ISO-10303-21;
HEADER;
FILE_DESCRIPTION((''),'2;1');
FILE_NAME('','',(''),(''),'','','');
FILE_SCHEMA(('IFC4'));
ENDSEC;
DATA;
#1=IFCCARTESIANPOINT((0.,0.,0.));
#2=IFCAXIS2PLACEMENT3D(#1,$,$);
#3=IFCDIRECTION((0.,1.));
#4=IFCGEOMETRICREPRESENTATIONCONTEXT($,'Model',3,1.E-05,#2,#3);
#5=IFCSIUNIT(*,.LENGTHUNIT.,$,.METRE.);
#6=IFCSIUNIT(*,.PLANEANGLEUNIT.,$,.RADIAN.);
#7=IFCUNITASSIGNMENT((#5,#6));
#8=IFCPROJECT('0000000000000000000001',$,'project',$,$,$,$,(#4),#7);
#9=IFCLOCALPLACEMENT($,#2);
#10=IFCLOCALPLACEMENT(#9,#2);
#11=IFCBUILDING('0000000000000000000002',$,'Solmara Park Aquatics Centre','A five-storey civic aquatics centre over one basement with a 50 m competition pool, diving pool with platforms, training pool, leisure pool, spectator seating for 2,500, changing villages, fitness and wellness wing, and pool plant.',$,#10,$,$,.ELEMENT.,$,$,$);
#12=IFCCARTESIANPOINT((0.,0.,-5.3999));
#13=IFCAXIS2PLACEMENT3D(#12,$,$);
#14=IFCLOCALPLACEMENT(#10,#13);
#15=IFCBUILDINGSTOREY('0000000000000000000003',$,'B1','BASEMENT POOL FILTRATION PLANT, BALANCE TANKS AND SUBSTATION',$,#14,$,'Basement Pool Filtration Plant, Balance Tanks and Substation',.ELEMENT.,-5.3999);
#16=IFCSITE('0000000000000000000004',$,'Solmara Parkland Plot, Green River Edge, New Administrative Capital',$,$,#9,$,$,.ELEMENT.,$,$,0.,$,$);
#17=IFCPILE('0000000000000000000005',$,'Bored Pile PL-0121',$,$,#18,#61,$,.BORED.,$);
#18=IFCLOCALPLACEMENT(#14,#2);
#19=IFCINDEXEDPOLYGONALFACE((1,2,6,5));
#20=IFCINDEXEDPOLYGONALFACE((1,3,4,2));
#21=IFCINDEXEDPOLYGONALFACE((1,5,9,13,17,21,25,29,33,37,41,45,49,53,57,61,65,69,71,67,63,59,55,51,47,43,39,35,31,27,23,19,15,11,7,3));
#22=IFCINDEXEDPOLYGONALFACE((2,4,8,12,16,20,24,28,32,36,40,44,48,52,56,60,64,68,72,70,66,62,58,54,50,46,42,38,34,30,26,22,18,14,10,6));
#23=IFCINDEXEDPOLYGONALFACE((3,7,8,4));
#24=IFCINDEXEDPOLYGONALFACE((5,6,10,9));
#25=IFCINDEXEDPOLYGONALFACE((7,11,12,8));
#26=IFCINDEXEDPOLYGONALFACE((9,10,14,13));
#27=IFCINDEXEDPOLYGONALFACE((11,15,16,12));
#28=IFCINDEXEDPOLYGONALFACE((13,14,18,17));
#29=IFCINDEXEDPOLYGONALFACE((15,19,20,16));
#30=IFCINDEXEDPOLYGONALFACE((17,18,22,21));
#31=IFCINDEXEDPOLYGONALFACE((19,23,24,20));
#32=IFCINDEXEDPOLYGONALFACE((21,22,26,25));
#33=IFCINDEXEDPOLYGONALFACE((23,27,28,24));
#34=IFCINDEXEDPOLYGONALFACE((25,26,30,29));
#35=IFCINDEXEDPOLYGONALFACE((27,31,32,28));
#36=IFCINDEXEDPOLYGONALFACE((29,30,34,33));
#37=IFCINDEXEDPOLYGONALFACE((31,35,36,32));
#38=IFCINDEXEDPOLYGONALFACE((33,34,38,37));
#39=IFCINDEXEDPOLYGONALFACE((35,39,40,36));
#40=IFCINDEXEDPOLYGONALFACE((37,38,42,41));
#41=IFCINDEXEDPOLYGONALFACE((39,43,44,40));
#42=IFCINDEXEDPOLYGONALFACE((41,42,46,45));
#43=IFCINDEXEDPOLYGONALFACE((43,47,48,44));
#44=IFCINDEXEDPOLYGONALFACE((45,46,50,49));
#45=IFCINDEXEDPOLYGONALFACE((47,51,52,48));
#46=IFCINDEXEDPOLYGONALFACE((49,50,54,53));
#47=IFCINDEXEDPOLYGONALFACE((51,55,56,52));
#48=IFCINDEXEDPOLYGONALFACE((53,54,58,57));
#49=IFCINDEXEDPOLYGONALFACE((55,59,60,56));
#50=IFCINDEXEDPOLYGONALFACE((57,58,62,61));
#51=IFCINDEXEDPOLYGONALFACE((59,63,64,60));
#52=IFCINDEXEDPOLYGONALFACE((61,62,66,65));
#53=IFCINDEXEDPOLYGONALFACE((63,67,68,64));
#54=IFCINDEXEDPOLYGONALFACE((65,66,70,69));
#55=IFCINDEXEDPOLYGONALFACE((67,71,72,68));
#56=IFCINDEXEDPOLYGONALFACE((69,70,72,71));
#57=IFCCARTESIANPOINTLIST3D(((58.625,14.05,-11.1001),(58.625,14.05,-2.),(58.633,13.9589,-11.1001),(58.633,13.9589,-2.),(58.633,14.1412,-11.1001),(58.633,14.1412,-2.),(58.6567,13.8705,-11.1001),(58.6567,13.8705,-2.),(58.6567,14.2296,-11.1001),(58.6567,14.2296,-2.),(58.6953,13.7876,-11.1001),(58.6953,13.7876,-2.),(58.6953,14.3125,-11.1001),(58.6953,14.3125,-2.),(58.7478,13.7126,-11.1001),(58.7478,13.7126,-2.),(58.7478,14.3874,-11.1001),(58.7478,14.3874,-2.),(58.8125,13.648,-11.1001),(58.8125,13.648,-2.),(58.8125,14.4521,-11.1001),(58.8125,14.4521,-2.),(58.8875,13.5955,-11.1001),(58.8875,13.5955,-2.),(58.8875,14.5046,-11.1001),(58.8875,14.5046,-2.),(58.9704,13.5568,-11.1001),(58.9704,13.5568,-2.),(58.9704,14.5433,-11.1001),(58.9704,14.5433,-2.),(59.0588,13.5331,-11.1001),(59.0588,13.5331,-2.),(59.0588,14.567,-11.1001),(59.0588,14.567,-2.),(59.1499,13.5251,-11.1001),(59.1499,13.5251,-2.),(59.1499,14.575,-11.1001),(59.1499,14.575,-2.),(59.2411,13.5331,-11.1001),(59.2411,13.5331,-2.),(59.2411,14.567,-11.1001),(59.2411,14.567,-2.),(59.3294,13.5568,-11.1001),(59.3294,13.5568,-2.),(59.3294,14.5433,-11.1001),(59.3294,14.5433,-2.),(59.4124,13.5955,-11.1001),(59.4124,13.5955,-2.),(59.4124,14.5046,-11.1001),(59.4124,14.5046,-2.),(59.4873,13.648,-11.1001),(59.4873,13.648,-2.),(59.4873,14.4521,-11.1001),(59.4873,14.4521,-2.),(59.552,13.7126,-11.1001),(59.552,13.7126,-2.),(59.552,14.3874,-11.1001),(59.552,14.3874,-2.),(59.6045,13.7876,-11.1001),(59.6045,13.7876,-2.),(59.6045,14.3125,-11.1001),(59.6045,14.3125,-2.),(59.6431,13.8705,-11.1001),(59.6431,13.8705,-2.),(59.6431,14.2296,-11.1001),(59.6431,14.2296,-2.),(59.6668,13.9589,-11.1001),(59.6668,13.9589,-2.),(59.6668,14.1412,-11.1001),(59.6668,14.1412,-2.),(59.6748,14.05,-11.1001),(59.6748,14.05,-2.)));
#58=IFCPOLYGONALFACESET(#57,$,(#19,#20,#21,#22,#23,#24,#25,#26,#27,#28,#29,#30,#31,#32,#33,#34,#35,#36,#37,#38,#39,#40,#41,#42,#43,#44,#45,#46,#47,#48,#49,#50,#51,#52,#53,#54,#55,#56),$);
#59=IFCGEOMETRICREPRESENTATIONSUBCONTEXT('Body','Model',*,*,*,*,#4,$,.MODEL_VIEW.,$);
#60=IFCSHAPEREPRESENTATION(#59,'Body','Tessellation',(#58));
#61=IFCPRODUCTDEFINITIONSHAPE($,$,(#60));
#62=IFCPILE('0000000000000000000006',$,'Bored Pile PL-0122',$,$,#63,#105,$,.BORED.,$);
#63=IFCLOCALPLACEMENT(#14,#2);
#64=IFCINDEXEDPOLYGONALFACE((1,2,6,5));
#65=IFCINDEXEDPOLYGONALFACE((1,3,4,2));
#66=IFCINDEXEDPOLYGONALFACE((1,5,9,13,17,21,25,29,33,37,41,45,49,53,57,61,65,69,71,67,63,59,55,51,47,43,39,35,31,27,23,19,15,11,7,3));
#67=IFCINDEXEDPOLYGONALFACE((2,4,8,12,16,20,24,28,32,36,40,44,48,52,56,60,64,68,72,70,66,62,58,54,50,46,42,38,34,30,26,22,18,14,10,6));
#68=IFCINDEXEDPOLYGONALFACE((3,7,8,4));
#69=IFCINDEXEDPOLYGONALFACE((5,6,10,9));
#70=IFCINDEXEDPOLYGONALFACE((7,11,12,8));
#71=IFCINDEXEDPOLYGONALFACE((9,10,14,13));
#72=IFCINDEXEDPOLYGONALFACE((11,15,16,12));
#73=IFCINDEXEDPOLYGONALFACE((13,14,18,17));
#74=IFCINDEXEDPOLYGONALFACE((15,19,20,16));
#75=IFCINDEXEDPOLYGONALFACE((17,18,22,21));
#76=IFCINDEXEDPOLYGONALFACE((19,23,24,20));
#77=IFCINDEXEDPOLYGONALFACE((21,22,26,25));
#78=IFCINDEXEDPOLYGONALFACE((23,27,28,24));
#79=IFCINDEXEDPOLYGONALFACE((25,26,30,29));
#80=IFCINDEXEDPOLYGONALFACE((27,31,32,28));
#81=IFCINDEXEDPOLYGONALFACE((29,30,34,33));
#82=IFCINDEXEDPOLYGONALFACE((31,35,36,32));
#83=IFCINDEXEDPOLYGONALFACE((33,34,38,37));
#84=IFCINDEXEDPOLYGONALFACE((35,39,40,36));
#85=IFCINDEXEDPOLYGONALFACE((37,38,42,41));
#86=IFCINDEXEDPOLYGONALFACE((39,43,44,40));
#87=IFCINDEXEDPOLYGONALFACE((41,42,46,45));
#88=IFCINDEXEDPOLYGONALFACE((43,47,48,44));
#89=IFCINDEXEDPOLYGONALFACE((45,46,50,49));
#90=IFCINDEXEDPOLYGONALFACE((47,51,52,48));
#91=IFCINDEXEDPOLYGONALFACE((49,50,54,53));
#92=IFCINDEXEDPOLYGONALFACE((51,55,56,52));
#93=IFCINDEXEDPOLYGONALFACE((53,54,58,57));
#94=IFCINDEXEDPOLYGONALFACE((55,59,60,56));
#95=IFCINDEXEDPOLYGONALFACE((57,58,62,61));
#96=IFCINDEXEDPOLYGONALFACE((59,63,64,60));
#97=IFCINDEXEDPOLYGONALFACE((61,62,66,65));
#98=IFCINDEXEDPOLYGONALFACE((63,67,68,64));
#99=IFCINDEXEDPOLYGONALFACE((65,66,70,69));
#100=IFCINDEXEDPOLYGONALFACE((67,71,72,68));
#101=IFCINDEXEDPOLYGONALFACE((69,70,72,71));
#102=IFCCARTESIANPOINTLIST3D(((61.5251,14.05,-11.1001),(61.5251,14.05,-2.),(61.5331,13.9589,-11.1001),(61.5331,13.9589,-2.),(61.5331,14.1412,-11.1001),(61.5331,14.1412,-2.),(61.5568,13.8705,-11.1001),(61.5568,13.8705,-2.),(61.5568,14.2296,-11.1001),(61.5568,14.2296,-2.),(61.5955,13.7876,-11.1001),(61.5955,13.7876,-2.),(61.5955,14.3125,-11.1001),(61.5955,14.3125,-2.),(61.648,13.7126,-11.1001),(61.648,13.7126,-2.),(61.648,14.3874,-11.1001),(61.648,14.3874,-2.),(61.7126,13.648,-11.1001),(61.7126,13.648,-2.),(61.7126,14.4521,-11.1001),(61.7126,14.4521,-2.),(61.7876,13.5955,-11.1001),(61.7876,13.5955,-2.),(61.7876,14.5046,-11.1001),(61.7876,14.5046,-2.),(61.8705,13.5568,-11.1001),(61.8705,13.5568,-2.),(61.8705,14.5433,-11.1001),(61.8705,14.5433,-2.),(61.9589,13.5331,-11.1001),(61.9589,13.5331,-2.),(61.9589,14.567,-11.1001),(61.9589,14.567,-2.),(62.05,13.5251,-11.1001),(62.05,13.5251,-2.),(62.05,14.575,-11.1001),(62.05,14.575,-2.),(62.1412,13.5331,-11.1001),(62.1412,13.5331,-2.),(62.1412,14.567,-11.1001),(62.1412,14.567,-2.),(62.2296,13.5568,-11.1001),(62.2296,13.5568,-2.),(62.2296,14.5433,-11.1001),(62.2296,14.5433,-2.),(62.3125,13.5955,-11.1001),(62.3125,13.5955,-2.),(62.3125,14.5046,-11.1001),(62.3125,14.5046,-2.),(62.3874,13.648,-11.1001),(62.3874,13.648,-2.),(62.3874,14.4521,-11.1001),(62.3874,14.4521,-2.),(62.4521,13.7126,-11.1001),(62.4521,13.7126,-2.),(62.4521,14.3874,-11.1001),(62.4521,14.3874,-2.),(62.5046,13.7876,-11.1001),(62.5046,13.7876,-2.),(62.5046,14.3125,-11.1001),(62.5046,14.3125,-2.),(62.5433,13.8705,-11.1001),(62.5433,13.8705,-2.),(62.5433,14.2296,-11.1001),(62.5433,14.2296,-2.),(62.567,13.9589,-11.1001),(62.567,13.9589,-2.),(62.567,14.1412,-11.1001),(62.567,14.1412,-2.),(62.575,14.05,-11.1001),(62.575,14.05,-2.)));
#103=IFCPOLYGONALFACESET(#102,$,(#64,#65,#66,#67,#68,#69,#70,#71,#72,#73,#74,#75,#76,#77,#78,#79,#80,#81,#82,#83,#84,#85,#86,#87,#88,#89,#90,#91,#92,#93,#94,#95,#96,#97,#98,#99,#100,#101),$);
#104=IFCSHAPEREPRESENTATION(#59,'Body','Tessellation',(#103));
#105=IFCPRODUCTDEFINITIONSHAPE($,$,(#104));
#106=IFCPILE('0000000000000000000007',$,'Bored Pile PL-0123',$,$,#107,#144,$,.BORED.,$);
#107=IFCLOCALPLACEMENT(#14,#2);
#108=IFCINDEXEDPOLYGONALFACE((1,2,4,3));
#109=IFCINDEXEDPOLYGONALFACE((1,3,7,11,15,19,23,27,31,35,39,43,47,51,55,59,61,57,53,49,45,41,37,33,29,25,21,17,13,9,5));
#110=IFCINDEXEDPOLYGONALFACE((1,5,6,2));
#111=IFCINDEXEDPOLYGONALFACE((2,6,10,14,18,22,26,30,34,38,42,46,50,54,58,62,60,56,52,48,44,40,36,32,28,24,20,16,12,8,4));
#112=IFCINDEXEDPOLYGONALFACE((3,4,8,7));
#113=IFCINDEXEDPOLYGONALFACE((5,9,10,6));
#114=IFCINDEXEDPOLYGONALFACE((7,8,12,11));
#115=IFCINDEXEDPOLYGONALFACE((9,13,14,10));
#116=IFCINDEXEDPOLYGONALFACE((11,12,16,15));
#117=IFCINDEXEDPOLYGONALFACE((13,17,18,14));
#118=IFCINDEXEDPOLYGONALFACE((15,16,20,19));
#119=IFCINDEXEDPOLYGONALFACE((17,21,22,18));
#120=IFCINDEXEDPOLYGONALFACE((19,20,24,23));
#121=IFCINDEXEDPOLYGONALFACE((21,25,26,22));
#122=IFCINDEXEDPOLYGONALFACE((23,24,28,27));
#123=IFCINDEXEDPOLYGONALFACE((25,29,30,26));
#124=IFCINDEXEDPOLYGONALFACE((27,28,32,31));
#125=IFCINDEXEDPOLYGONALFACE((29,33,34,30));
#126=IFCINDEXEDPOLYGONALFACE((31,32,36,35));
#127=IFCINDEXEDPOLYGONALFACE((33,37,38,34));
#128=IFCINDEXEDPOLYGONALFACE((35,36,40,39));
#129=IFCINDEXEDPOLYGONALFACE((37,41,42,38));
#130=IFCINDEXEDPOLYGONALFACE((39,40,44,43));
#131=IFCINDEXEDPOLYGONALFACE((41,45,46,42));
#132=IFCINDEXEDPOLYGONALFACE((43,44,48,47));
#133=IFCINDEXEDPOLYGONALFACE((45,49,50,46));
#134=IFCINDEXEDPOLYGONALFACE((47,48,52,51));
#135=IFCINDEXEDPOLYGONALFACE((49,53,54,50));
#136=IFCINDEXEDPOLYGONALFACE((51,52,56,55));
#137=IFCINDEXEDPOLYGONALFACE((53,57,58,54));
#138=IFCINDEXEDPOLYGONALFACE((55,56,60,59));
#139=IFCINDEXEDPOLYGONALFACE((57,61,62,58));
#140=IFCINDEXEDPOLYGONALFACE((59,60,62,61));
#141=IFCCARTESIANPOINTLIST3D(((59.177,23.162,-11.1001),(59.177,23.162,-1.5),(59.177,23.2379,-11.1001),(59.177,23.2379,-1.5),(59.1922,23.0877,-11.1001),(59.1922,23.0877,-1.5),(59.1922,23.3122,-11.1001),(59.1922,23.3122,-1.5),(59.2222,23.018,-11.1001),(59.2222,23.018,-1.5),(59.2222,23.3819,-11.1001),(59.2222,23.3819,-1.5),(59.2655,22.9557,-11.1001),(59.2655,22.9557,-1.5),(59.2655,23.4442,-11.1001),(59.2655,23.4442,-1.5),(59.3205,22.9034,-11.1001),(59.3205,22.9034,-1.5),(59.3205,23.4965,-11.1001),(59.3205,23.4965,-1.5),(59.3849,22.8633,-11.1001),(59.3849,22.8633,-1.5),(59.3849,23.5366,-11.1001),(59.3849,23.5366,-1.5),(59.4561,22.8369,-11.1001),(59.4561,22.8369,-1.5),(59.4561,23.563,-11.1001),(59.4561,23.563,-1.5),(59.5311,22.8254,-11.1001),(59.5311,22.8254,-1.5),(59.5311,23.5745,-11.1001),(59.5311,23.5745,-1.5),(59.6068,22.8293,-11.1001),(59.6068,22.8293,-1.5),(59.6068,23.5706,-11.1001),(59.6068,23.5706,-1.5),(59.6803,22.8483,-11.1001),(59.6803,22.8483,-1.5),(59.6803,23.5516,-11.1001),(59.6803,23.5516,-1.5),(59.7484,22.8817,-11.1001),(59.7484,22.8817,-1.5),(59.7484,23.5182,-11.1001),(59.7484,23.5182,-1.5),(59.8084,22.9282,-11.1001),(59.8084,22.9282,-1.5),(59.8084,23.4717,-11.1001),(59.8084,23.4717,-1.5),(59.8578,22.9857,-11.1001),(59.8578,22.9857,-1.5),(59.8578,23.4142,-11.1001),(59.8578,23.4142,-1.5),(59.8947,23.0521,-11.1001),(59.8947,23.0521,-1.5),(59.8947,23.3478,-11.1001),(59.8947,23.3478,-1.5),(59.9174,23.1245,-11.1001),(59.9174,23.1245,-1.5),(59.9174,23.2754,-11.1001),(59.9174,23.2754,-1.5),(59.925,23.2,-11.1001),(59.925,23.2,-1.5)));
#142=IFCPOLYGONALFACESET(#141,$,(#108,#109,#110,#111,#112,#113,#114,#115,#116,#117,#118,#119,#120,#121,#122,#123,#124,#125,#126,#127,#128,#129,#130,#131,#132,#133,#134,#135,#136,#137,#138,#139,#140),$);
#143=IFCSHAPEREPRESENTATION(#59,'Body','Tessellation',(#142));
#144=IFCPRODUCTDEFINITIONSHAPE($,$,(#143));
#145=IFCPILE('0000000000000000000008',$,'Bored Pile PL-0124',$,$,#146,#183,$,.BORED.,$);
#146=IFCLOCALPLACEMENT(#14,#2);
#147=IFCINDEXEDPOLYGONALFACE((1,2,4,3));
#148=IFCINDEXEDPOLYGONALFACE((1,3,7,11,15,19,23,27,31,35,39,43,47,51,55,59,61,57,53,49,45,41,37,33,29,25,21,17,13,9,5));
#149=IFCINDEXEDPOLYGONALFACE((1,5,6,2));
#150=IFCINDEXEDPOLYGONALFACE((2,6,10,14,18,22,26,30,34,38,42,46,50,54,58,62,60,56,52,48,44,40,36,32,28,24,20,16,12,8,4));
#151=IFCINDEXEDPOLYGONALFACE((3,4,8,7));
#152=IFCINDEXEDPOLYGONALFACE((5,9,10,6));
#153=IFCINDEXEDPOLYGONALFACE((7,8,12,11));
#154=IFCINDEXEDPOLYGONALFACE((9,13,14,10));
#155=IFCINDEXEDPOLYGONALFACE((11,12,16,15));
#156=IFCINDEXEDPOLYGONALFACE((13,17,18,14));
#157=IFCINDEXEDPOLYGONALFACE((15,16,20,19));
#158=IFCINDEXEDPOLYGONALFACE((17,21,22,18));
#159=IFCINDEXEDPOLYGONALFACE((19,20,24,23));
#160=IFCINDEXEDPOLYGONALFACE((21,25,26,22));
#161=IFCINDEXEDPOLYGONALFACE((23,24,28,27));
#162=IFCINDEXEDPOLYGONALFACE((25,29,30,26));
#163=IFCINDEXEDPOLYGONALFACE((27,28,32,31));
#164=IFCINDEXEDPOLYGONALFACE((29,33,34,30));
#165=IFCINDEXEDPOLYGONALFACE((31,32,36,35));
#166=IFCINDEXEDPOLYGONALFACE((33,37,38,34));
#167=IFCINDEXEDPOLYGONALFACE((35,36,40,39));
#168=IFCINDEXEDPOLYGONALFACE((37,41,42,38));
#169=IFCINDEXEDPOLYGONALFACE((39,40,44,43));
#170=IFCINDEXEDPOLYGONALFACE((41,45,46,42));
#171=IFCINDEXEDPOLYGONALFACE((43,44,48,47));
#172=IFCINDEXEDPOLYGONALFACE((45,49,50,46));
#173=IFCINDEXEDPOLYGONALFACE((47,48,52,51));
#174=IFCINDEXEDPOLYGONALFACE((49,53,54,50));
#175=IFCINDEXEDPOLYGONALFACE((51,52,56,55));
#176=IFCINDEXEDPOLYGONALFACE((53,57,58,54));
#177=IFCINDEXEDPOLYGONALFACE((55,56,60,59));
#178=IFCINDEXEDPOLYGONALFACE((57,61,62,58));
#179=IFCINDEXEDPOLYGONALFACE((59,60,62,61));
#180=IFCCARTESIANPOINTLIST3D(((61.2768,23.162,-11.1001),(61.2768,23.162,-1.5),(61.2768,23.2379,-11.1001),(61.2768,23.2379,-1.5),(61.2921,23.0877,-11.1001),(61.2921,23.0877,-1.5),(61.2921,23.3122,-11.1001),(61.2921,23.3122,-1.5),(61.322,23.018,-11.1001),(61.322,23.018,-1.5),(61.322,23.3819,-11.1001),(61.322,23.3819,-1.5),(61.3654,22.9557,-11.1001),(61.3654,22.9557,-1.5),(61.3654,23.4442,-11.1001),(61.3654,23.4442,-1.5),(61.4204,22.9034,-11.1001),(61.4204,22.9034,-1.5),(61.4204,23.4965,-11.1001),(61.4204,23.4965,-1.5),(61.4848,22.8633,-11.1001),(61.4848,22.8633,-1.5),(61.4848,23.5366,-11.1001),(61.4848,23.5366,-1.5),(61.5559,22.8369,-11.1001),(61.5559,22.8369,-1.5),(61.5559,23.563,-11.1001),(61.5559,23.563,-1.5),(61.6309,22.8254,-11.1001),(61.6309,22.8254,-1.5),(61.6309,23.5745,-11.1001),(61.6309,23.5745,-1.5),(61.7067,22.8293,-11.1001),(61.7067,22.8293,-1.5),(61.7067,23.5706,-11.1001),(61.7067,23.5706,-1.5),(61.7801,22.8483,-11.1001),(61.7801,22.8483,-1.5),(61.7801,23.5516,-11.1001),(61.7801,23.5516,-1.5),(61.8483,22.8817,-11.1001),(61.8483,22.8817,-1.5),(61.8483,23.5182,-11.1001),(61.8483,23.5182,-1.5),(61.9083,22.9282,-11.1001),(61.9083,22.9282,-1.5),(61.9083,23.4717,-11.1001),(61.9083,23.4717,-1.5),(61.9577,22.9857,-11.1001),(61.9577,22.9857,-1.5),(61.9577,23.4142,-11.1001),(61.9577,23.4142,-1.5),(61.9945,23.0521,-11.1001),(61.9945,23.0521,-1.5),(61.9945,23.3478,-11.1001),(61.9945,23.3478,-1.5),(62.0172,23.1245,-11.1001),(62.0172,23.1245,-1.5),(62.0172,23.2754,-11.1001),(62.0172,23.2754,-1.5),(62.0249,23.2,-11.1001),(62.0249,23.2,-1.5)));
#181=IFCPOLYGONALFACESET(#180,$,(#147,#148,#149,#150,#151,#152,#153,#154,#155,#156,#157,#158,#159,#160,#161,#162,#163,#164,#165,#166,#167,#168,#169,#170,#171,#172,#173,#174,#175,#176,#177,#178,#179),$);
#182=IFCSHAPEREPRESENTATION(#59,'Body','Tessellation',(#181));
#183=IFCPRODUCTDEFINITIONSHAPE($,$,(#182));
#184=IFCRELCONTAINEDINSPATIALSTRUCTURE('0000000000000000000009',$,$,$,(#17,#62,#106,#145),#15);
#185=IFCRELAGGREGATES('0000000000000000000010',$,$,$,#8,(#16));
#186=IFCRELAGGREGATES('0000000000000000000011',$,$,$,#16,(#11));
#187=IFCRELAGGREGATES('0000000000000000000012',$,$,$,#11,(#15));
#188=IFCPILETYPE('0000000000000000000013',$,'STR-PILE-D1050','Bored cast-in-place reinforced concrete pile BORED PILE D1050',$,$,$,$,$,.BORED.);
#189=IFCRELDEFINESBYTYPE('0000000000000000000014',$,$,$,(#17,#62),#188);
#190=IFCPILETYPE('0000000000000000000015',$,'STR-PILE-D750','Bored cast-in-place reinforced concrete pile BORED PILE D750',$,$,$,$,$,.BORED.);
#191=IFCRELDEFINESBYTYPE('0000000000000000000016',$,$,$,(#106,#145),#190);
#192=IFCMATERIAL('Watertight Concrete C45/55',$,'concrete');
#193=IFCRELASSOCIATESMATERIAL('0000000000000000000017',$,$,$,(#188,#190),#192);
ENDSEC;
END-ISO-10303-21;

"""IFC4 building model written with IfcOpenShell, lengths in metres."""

from ifc_helpers import new_model, si_unit, direction, frame, origin, origin_2d, place, context, subcontext, project, spatial, circle, extrude, material, material_profile, profile_set, type_object, element, save


model = new_model("IFC4")

# Units and contexts
model_context = context("Model", 3, precision=1e-05, world=origin(), true_north=direction((0.0, 1.0)))
body_context = subcontext(model_context, "Body", "Model", "MODEL_VIEW")
ifc_project = project(units=[si_unit("LENGTHUNIT", "METRE"), si_unit("PLANEANGLEUNIT", "RADIAN")], contexts=[model_context])

# Site, building, storey
site_placement = place(None, origin())
site = spatial("IfcSite", under=ifc_project, at=site_placement, Name="Solmara Parkland Plot, Green River Edge, New Administrative Capital", CompositionType="ELEMENT", RefElevation=0.0)
building_placement = place(site_placement, origin())
building = spatial("IfcBuilding", under=site, at=building_placement, Name="Solmara Park Aquatics Centre", Description="A five-storey civic aquatics centre over one basement with a 50 m competition pool, diving pool with platforms, training pool, leisure pool, spectator seating for 2,500, changing villages, fitness and wellness wing, and pool plant.", CompositionType="ELEMENT")
storey_placement = place(building_placement, frame((0.0, 0.0, -5.3999)))
storey = spatial("IfcBuildingStorey", under=building, at=storey_placement, Name="B1", Description="BASEMENT POOL FILTRATION PLANT, BALANCE TANKS AND SUBSTATION", LongName="Basement Pool Filtration Plant, Balance Tanks and Substation", CompositionType="ELEMENT", Elevation=-5.3999)

# Shared definitions
ifc_material_1 = material(Name="Watertight Concrete C45/55", Category="concrete")

# Piles
ifc_material_profile_1 = material_profile(ifc_material_1, circle(Radius=0.5249, at=origin_2d()), Name="BORED PILE D1050")
ifc_profile_set_1 = profile_set([ifc_material_profile_1], Name="Watertight Concrete C45/55")
pile_type_1 = type_object("IfcPileType", Name="STR-PILE-D1050", Description="Bored cast-in-place reinforced concrete pile BORED PILE D1050", PredefinedType="BORED", material=ifc_profile_set_1)
for number, where, z_axis, x_axis, name in (
    (1, (59.1499, 14.05, -2.0), (0.0, 0.0, -1.0), (1.0, 0.0, 0.0), "Bored Pile PL-0121"),
    (2, (62.05, 14.05, -2.0), (0.0, 0.0, -1.0), (1.0, 0.0, 0.0), "Bored Pile PL-0122"),
):
    element("IfcPile", number, at=place(storey_placement, frame(where, z_axis=z_axis, x_axis=x_axis)), inside=storey, type_object=pile_type_1, Name=name, PredefinedType="BORED", context=body_context, shape_type="SweptSolid", body=[
        extrude(circle(Radius=0.5249, at=origin_2d()), origin(), (0.0, 0.0, 1.0), 9.1001),
    ])
ifc_material_profile_2 = material_profile(ifc_material_1, circle(Radius=0.375, at=origin_2d()), Name="BORED PILE D750")
ifc_profile_set_2 = profile_set([ifc_material_profile_2], Name="Watertight Concrete C45/55")
pile_type_2 = type_object("IfcPileType", Name="STR-PILE-D750", Description="Bored cast-in-place reinforced concrete pile BORED PILE D750", PredefinedType="BORED", material=ifc_profile_set_2)
for number, where, z_axis, x_axis, name in (
    (3, (59.55, 23.2, -1.5), (0.0, 0.0, -1.0), (1.0, 0.0, 0.0), "Bored Pile PL-0123"),
    (4, (61.6499, 23.2, -1.5), (0.0, 0.0, -1.0), (1.0, 0.0, 0.0), "Bored Pile PL-0124"),
):
    element("IfcPile", number, at=place(storey_placement, frame(where, z_axis=z_axis, x_axis=x_axis)), inside=storey, type_object=pile_type_2, Name=name, PredefinedType="BORED", context=body_context, shape_type="SweptSolid", body=[
        extrude(circle(Radius=0.375, at=origin_2d()), origin(), (0.0, 0.0, 1.0), 9.6001),
    ])

save(model, "model.ifc")
